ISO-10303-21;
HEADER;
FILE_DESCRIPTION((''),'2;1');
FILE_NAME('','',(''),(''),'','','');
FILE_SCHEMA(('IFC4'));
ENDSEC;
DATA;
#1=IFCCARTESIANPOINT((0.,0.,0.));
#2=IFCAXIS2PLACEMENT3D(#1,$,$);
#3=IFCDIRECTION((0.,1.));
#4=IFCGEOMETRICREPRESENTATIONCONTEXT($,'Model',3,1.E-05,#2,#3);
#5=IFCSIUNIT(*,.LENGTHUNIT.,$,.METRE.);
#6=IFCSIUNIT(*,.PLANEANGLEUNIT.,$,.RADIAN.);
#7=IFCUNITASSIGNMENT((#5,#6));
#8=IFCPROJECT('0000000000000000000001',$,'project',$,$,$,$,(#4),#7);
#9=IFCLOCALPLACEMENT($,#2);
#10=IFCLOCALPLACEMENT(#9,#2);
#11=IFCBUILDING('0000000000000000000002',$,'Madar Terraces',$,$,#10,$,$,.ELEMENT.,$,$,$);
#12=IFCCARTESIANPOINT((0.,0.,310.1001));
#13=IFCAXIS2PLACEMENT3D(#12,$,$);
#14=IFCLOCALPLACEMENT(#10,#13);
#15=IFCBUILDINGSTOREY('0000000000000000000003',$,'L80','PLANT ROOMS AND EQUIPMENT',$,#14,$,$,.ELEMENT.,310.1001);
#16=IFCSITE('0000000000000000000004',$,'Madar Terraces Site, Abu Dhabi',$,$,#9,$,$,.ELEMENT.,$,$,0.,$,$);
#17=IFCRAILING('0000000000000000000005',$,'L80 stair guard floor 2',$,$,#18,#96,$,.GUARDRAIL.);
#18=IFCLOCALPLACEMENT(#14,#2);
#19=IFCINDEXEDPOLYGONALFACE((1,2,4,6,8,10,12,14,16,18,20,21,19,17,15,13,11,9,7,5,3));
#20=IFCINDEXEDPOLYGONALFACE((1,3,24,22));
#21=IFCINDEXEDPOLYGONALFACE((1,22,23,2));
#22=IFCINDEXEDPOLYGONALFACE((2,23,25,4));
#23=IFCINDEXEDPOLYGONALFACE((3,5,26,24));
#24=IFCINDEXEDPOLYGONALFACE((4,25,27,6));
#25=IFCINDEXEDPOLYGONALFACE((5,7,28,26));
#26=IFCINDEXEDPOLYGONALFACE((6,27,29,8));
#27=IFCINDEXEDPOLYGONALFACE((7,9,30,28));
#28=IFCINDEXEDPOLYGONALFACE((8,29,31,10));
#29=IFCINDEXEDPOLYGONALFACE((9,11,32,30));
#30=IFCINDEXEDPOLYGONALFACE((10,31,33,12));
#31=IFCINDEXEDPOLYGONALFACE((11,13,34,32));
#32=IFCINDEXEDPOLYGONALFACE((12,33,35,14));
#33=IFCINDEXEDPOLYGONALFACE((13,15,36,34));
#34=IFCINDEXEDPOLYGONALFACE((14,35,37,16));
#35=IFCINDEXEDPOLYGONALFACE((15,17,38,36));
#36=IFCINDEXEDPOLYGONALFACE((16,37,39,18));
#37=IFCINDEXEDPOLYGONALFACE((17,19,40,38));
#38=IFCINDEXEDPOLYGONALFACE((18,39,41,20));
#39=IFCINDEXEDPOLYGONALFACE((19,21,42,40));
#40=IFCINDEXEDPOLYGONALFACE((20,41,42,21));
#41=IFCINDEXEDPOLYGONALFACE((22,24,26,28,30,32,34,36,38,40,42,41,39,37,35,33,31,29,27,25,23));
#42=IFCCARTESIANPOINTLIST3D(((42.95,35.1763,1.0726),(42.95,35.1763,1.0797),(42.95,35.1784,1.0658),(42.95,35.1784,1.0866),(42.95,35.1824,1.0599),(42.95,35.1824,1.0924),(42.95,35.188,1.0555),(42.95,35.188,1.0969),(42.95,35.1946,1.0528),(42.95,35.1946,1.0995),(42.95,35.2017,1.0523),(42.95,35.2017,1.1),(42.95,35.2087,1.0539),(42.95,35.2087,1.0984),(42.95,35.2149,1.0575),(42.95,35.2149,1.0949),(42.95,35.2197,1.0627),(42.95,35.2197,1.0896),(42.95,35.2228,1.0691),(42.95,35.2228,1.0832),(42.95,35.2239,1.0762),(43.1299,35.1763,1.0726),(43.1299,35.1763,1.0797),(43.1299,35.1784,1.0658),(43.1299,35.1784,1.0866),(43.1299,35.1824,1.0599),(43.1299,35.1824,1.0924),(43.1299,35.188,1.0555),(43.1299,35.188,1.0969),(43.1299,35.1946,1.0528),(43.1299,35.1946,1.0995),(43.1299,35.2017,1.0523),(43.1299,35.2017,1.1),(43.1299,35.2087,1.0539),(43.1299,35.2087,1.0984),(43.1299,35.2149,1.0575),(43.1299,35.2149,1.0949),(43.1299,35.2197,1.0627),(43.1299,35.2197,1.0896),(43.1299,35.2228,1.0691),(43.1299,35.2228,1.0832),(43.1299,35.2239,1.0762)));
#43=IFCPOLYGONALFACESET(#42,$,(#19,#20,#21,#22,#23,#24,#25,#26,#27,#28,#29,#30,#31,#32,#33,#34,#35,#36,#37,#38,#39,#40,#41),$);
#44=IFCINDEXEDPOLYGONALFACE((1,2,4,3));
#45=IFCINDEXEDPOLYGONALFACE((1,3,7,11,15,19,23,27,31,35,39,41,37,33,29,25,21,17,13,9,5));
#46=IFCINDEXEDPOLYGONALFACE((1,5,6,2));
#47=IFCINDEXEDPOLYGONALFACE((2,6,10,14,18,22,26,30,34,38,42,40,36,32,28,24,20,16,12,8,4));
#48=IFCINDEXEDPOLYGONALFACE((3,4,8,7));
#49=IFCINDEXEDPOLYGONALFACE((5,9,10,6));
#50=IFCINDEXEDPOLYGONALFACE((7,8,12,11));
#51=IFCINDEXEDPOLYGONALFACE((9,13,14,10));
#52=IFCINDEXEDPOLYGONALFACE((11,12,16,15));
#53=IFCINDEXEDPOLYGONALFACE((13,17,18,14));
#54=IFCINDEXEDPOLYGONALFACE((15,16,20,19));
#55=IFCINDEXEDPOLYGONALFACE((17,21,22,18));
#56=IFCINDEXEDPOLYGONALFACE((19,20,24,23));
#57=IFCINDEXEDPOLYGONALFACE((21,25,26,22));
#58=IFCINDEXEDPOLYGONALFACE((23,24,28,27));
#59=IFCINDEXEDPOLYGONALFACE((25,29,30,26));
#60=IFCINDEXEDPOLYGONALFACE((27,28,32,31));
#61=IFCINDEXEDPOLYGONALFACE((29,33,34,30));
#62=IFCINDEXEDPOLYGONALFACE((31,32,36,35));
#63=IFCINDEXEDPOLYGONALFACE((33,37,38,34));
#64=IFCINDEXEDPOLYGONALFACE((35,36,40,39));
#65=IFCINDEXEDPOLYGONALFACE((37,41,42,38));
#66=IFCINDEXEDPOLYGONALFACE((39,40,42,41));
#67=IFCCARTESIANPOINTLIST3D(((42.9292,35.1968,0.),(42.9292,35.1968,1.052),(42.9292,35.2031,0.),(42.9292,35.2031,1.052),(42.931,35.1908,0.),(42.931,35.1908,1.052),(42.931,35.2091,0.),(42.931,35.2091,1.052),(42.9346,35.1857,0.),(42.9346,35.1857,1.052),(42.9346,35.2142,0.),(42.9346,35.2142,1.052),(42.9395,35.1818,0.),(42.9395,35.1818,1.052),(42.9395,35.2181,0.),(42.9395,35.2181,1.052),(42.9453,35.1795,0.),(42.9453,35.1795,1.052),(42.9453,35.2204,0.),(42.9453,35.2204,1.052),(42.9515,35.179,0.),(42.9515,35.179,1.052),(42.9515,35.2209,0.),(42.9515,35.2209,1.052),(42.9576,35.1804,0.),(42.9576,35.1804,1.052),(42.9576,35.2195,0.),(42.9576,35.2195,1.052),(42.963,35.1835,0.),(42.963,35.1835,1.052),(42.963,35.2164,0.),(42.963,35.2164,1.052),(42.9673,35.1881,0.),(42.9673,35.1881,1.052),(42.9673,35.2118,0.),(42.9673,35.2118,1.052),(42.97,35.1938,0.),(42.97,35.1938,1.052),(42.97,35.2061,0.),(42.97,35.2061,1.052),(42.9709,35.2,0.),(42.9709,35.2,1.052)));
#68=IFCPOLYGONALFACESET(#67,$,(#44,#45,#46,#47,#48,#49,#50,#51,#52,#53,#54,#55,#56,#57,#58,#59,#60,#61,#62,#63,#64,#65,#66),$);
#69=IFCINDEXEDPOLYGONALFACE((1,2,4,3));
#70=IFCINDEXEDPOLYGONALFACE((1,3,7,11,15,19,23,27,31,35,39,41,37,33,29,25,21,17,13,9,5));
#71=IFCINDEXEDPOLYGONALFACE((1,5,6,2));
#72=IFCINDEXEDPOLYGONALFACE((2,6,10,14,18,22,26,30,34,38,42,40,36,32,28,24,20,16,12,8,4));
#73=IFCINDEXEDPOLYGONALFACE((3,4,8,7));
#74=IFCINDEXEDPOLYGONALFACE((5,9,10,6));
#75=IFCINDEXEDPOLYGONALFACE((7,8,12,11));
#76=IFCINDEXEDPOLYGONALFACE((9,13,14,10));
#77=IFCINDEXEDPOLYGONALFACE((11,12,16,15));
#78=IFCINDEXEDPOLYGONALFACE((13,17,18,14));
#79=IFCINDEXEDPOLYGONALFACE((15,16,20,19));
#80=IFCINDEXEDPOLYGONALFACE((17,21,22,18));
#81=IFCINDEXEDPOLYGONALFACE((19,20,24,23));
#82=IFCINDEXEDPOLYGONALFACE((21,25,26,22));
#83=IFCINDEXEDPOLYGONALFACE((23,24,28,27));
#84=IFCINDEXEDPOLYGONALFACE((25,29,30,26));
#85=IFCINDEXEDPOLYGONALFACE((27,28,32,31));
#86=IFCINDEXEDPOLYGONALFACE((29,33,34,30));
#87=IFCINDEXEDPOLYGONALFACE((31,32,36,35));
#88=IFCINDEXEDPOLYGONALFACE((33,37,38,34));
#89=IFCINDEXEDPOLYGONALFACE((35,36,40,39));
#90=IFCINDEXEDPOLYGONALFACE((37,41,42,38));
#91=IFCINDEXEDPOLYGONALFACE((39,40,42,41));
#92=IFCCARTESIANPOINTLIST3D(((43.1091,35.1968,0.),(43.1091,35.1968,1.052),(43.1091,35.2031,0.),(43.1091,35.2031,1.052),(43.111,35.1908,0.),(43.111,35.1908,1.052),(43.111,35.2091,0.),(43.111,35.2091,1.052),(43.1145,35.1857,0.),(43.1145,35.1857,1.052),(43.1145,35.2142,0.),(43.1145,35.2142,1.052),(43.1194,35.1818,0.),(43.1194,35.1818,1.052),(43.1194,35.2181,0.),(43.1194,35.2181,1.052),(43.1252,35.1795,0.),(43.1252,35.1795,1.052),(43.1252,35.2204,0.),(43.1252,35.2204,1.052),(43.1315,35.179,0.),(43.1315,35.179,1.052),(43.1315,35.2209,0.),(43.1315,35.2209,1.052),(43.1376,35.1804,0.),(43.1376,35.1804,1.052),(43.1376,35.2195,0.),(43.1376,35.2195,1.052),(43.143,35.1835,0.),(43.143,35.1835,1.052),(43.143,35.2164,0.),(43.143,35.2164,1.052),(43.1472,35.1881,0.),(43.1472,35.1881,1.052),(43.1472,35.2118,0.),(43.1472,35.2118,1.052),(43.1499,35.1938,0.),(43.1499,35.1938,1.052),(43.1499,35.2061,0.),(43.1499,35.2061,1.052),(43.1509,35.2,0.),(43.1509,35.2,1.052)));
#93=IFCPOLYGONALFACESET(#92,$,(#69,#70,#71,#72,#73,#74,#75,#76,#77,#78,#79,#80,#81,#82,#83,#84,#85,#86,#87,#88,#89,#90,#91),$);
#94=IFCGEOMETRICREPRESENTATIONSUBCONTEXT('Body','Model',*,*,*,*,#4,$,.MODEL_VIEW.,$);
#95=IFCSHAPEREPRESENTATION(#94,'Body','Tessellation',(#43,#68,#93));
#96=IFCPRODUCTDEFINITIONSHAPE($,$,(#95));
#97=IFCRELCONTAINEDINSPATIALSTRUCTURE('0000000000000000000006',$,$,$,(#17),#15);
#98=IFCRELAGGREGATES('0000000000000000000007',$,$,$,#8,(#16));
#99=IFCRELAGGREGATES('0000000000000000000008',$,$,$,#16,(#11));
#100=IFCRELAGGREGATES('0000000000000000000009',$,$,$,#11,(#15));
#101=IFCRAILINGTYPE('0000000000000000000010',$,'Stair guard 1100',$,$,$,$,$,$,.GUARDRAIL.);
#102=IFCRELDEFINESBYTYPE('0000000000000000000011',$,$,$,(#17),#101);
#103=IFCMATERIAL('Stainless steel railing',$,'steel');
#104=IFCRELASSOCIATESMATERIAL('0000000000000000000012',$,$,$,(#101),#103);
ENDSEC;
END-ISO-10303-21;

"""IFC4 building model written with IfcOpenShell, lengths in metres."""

from ifc_helpers import new_model, si_unit, direction, frame, origin, origin_2d, place, context, subcontext, project, spatial, circle, extrude, material, type_object, element, save


model = new_model("IFC4")

# Units and contexts
model_context = context("Model", 3, precision=1e-05, world=origin(), true_north=direction((0.0, 1.0)))
body_context = subcontext(model_context, "Body", "Model", "MODEL_VIEW")
ifc_project = project(units=[si_unit("LENGTHUNIT", "METRE"), si_unit("PLANEANGLEUNIT", "RADIAN")], contexts=[model_context])

# Site, building, storey
site_placement = place(None, origin())
site = spatial("IfcSite", under=ifc_project, at=site_placement, Name="Madar Terraces Site, Abu Dhabi", CompositionType="ELEMENT", RefElevation=0.0)
building_placement = place(site_placement, origin())
building = spatial("IfcBuilding", under=site, at=building_placement, Name="Madar Terraces", CompositionType="ELEMENT")
storey_placement = place(building_placement, frame((0.0, 0.0, 310.1001)))
storey = spatial("IfcBuildingStorey", under=building, at=storey_placement, Name="L80", Description="PLANT ROOMS AND EQUIPMENT", CompositionType="ELEMENT", Elevation=310.1001)

# Railing
ifc_material_1 = material(Name="Stainless steel railing", Category="steel")
railing_type_1 = type_object("IfcRailingType", Name="Stair guard 1100", PredefinedType="GUARDRAIL", material=ifc_material_1)
for number, where, name in (
    (1, (42.95, 35.2, 0.0), "L80 stair guard floor 2"),
):
    element("IfcRailing", number, at=place(storey_placement, frame(where)), inside=storey, type_object=railing_type_1, Name=name, PredefinedType="GUARDRAIL", context=body_context, shape_type="SweptSolid", body=[
        extrude(circle(Radius=0.0239, at=origin_2d()), frame((0.0, 0.0, 1.0762), z_axis=(1.0, 0.0, 0.0), x_axis=(0.0, 1.0, 0.0)), (0.0, 0.0, 1.0), 0.1799),
        extrude(circle(Radius=0.021, at=origin_2d()), origin(), (0.0, 0.0, 1.0), 1.052),
        extrude(circle(Radius=0.021, at=origin_2d()), frame((0.1799, 0.0, 0.0)), (0.0, 0.0, 1.0), 1.052),
    ])

save(model, "model.ifc")
